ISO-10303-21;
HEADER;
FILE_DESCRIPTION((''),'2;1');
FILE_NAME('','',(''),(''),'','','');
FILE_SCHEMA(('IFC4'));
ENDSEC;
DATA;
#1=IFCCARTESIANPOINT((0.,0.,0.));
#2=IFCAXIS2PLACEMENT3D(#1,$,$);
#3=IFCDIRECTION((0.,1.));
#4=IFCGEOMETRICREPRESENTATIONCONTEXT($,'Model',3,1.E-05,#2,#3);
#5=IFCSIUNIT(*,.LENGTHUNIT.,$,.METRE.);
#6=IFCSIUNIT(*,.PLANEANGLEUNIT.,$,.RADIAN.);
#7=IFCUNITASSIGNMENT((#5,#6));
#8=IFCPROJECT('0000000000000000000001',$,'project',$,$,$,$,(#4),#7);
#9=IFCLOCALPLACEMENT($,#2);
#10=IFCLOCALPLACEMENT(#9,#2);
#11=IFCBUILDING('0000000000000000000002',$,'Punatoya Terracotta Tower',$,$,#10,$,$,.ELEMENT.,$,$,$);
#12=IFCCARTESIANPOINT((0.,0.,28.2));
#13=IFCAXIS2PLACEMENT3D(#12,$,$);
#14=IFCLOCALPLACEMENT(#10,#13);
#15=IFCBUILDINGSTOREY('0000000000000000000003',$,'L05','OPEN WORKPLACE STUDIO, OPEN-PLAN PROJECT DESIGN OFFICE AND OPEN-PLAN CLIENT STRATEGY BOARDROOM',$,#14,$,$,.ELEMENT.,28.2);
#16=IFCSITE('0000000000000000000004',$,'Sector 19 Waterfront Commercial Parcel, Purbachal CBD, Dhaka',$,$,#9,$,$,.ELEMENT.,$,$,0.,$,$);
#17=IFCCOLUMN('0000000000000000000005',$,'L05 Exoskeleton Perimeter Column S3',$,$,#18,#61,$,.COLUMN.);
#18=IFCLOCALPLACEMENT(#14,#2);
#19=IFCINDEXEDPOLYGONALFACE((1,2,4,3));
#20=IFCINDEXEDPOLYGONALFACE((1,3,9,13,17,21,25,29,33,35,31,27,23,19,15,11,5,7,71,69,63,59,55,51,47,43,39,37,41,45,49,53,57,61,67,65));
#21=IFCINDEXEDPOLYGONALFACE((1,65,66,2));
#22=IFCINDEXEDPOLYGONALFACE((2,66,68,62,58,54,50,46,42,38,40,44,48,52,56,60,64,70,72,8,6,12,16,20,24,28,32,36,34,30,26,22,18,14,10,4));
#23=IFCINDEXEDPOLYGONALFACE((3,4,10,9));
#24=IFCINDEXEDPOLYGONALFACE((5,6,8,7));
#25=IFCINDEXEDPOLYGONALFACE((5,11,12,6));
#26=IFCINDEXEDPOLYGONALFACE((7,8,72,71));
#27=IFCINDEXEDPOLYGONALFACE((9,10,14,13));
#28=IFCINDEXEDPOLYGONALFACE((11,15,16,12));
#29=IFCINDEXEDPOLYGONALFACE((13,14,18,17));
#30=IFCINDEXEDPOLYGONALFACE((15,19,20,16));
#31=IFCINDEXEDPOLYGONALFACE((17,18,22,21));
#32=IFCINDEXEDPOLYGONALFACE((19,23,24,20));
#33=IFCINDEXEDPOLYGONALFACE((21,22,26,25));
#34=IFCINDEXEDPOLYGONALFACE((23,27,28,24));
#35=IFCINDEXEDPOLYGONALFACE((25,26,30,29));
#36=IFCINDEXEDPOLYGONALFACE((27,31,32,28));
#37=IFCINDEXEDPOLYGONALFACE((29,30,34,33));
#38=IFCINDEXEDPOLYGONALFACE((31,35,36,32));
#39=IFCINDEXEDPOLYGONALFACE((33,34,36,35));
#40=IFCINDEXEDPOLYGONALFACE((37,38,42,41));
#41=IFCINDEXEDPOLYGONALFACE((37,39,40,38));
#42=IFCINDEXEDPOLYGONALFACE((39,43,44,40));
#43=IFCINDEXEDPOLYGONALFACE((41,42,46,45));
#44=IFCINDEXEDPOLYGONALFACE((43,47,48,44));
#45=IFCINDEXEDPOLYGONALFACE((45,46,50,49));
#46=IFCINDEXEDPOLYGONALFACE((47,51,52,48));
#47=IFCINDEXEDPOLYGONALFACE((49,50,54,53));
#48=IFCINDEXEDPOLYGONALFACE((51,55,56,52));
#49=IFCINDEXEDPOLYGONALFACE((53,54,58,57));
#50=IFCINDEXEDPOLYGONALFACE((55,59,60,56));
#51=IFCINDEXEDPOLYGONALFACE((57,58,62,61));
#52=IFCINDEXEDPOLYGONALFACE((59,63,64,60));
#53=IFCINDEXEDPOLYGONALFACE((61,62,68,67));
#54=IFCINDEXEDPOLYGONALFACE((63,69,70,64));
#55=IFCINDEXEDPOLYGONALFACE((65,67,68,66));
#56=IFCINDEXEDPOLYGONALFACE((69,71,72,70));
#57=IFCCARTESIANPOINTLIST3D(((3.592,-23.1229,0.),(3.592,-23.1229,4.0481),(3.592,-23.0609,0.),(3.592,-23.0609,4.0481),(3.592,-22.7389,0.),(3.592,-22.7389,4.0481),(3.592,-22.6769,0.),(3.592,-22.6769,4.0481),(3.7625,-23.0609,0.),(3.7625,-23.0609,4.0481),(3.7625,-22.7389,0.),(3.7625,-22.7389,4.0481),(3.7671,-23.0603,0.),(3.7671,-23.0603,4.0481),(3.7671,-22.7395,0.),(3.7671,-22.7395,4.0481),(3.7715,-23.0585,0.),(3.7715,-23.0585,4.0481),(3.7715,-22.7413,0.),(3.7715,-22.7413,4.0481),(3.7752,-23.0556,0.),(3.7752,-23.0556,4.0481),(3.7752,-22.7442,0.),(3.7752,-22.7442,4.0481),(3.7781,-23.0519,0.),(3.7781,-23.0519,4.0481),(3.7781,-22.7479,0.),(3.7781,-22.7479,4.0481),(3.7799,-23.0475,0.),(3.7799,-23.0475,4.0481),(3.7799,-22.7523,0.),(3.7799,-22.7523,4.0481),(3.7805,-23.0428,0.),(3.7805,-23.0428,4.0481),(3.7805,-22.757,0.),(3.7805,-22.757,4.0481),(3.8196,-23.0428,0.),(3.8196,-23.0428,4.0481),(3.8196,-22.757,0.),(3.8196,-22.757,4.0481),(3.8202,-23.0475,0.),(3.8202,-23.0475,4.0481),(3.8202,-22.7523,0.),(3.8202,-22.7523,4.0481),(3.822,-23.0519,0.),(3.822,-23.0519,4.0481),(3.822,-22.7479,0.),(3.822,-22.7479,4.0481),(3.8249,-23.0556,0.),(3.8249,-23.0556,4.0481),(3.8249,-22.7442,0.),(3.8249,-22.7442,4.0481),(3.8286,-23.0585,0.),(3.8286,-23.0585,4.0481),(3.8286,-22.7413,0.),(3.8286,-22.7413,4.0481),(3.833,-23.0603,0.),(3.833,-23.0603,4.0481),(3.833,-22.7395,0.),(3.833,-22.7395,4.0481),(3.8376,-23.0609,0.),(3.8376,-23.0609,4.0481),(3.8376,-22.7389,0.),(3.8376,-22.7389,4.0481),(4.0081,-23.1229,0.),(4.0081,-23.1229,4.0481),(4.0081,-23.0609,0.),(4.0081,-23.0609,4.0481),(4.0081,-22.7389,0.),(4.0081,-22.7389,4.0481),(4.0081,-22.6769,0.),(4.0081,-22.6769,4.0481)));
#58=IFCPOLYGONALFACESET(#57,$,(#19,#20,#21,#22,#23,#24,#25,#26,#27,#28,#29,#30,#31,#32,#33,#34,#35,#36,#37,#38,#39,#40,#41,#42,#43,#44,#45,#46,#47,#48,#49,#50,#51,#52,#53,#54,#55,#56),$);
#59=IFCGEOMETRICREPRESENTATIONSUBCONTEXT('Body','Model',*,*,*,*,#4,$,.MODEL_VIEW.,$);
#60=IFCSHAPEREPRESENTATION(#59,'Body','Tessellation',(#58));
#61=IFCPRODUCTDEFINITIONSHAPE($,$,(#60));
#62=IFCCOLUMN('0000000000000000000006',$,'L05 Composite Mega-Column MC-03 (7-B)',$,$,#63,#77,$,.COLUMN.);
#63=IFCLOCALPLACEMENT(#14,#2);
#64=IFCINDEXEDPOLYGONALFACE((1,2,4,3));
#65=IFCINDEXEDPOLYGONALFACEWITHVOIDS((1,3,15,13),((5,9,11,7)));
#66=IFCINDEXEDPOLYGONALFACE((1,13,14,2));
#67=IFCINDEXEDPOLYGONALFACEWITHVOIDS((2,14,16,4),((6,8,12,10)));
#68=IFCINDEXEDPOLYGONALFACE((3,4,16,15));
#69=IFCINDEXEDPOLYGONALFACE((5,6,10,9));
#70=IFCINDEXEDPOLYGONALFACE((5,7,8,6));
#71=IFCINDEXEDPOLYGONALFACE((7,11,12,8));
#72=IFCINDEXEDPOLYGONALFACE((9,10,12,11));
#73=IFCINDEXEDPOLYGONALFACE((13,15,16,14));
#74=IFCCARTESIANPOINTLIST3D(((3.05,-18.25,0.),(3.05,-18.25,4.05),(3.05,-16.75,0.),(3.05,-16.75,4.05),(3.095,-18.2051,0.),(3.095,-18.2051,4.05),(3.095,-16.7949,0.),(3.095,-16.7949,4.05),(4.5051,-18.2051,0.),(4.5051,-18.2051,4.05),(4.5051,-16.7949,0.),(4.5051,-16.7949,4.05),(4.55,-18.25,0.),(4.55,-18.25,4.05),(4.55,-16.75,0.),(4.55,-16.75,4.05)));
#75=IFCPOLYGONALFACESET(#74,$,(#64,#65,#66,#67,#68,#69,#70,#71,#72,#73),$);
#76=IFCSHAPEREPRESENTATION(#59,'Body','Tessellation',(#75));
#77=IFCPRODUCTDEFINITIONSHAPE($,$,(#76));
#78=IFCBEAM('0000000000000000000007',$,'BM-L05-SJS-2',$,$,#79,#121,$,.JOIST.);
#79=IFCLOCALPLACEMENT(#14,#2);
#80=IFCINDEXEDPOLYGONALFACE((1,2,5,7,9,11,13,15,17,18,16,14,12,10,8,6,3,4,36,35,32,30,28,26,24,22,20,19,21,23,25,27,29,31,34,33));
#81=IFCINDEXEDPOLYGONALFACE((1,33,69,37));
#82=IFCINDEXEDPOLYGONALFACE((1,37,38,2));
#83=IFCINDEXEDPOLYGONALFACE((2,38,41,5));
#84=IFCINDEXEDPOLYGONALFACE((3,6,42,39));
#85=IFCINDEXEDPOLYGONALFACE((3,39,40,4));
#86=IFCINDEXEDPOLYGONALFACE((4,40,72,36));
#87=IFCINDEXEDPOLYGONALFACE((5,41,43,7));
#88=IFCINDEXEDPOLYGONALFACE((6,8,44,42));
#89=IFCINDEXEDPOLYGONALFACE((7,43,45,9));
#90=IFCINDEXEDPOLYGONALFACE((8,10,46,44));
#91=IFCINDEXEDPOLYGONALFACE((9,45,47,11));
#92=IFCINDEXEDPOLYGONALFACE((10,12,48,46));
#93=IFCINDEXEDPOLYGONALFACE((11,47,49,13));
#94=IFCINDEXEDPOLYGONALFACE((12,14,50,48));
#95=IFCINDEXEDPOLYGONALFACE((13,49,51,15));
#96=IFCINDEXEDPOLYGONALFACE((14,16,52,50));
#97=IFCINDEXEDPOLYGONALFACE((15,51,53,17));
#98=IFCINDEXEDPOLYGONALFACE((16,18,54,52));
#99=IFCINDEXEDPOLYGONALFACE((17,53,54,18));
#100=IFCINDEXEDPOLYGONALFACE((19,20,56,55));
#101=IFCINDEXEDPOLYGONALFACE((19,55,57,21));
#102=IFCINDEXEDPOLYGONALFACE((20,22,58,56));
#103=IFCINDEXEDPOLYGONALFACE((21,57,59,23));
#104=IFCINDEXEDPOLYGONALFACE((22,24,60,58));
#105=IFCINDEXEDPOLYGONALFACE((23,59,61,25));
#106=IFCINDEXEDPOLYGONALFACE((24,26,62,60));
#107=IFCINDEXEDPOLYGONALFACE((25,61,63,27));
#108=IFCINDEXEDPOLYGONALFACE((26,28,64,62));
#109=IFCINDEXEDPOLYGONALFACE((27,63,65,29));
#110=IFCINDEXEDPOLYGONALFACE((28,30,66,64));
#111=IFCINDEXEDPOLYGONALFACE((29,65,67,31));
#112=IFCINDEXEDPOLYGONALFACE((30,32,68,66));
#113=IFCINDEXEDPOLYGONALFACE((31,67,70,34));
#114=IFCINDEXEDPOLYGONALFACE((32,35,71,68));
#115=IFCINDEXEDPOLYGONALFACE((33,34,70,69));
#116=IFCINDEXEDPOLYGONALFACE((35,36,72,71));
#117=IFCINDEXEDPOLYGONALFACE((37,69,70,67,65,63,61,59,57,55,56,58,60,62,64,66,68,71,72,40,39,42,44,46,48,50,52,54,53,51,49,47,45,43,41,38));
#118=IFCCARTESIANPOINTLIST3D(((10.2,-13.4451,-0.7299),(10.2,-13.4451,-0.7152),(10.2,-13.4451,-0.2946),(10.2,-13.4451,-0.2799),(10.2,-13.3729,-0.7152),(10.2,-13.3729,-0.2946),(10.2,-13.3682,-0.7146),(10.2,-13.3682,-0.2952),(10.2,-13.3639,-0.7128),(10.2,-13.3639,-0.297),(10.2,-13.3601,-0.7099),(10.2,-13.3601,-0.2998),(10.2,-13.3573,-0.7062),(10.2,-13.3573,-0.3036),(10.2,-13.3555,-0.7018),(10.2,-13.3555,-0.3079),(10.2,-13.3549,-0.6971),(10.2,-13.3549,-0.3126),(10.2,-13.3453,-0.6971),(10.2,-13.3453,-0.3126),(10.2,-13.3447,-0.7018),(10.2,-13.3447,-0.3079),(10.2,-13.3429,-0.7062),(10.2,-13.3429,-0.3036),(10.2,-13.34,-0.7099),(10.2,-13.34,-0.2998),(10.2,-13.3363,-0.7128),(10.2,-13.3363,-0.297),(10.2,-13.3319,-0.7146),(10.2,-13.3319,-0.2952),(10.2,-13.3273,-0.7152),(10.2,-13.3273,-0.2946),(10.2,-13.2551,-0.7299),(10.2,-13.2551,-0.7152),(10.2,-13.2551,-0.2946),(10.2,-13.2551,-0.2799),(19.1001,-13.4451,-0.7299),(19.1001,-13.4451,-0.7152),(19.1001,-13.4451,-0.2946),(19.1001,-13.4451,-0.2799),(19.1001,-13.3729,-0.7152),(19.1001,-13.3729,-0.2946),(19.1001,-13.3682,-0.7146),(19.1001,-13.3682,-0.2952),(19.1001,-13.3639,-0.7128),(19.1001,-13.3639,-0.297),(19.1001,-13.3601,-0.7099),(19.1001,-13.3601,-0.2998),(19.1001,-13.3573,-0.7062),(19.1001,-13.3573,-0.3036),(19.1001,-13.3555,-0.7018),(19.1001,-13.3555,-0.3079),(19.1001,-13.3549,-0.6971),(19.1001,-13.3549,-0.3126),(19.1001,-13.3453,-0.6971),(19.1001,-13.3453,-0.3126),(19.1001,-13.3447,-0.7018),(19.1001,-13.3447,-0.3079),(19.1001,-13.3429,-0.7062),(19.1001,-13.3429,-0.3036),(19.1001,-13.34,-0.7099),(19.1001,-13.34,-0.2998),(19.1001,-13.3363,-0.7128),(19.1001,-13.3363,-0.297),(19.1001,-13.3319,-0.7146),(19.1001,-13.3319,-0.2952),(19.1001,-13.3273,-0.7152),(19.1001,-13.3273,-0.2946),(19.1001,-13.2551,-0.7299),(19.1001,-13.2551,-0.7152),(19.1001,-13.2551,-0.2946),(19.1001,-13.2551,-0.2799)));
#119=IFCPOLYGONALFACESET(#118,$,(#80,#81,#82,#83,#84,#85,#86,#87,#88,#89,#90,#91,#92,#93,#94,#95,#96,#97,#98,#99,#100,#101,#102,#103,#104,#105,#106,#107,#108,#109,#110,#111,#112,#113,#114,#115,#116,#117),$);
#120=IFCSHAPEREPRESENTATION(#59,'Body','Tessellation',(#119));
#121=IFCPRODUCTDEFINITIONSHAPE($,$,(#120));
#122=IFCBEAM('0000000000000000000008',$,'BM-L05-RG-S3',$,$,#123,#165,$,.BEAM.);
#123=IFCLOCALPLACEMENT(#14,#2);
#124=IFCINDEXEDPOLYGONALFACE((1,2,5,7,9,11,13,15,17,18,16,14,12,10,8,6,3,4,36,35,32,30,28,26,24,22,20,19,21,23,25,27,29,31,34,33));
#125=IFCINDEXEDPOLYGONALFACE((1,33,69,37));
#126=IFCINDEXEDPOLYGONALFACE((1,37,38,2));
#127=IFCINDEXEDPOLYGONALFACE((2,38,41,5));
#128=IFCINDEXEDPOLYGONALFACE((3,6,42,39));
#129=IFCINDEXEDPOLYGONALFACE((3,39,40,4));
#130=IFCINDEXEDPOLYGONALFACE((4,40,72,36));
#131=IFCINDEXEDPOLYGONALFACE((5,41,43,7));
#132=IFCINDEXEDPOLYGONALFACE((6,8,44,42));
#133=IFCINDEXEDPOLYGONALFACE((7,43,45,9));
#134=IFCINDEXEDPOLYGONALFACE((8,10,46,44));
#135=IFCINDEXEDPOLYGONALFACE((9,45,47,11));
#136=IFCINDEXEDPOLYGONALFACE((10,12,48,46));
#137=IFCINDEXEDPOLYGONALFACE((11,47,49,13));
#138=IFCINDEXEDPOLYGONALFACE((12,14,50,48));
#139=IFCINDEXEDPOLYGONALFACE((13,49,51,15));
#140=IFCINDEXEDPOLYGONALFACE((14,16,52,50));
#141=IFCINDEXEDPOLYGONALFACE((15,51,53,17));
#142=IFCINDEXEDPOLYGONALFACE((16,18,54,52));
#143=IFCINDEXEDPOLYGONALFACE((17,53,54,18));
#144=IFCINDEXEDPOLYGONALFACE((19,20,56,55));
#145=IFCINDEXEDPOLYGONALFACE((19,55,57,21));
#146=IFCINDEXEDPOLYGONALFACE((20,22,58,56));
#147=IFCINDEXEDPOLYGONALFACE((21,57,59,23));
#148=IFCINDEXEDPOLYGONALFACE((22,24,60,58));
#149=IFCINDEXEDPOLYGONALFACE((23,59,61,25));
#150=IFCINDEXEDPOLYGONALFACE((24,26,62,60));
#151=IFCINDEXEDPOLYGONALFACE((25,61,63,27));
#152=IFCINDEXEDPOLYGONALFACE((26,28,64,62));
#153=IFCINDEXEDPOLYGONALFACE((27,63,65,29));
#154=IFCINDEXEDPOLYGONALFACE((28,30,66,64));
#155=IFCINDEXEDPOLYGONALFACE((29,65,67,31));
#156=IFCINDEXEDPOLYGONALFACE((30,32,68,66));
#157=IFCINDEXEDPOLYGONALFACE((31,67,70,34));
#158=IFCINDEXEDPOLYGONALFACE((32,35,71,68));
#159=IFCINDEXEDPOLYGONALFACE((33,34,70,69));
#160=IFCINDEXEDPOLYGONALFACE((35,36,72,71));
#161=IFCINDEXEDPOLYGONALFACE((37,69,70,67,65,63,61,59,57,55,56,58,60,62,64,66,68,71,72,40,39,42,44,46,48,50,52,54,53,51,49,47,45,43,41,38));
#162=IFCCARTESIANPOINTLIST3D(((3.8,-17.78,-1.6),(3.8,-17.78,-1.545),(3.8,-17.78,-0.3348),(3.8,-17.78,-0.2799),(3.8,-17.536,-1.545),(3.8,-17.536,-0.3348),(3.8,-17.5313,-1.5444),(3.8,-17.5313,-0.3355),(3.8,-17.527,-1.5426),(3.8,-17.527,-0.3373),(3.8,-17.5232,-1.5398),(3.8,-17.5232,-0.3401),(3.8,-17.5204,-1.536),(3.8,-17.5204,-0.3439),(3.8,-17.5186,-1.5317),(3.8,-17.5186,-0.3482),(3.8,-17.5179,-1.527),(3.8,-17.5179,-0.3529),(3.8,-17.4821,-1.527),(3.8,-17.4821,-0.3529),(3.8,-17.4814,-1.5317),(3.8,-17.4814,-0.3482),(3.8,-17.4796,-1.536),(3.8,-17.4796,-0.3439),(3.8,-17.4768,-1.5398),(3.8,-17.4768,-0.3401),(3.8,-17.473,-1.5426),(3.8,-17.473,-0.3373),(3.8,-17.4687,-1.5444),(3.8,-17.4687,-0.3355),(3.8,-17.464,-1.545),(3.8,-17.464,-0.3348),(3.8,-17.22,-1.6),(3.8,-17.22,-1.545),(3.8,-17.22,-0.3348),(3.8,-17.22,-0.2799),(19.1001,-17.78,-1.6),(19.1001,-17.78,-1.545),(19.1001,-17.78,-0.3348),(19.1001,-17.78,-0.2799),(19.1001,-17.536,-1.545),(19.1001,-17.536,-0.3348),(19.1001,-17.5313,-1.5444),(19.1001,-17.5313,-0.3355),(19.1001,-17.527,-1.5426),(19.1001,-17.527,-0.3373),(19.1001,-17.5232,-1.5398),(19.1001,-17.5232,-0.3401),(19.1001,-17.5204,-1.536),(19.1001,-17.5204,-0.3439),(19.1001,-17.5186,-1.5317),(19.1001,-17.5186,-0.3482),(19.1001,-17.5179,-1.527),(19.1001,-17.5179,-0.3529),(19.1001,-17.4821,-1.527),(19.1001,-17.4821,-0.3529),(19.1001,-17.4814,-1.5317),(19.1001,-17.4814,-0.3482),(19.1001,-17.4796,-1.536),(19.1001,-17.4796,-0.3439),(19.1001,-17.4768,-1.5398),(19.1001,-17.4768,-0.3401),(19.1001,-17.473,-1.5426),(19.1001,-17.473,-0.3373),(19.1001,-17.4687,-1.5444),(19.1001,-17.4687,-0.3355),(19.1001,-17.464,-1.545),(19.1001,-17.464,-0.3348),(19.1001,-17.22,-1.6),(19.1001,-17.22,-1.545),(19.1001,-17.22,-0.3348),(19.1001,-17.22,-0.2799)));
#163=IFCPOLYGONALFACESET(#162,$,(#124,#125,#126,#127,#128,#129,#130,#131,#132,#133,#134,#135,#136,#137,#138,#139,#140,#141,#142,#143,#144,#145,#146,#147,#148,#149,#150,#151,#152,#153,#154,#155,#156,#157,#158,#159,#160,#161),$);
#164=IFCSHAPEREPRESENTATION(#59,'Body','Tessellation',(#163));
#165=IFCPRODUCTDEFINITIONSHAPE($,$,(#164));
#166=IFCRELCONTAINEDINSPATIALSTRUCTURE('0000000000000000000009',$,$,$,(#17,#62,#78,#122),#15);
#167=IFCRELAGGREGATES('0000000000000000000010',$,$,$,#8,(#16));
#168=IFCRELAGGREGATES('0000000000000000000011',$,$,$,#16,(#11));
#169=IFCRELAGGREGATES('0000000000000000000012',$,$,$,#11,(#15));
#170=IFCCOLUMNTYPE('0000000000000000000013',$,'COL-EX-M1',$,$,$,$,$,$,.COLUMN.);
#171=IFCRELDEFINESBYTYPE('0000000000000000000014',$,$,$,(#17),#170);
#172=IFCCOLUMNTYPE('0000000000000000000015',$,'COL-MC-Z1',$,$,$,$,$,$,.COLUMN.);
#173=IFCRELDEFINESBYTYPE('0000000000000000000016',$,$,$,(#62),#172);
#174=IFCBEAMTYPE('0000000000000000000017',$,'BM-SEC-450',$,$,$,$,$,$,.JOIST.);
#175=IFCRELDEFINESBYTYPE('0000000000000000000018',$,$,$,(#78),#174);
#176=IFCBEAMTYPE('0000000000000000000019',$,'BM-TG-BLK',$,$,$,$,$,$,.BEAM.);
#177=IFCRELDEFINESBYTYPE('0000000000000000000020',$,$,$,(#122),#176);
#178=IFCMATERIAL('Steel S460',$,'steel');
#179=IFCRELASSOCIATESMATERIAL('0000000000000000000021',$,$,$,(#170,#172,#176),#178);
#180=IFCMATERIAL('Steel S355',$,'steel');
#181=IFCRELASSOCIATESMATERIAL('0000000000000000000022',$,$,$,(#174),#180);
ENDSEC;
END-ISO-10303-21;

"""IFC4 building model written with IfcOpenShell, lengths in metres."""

from ifc_helpers import new_model, si_unit, direction, frame, origin, origin_2d, place, context, subcontext, project, spatial, hollow_rectangle, i_section, extrude, material, material_profile, profile_set, type_object, element, save


model = new_model("IFC4")

# Units and contexts
model_context = context("Model", 3, precision=1e-05, world=origin(), true_north=direction((0.0, 1.0)))
body_context = subcontext(model_context, "Body", "Model", "MODEL_VIEW")
ifc_project = project(units=[si_unit("LENGTHUNIT", "METRE"), si_unit("PLANEANGLEUNIT", "RADIAN")], contexts=[model_context])

# Site, building, storey
site_placement = place(None, origin())
site = spatial("IfcSite", under=ifc_project, at=site_placement, Name="Sector 19 Waterfront Commercial Parcel, Purbachal CBD, Dhaka", CompositionType="ELEMENT", RefElevation=0.0)
building_placement = place(site_placement, origin())
building = spatial("IfcBuilding", under=site, at=building_placement, Name="Punatoya Terracotta Tower", CompositionType="ELEMENT")
storey_placement = place(building_placement, frame((0.0, 0.0, 28.2)))
storey = spatial("IfcBuildingStorey", under=building, at=storey_placement, Name="L05", Description="OPEN WORKPLACE STUDIO, OPEN-PLAN PROJECT DESIGN OFFICE AND OPEN-PLAN CLIENT STRATEGY BOARDROOM", CompositionType="ELEMENT", Elevation=28.2)

# Columns
ifc_material_1 = material(Name="Steel S460", Category="steel")
ifc_material_profile_1 = material_profile(ifc_material_1, i_section(OverallWidth=0.416, OverallDepth=0.446, WebThickness=0.0391, FlangeThickness=0.062, FilletRadius=0.0181, at=origin_2d()))
ifc_profile_set_1 = profile_set([ifc_material_profile_1], Name="Steel S460")
column_type_1 = type_object("IfcColumnType", Name="COL-EX-M1", PredefinedType="COLUMN", material=ifc_profile_set_1)
column_1_placement = place(storey_placement, frame((3.8, -22.8999, 0.0), z_axis=(0.0, 0.0, 1.0), x_axis=(1.0, 0.0, 0.0)))
element("IfcColumn", 1, at=column_1_placement, inside=storey, type_object=column_type_1, Name="L05 Exoskeleton Perimeter Column S3", PredefinedType="COLUMN", context=body_context, shape_type="SweptSolid", body=[
    extrude(i_section(OverallWidth=0.416, OverallDepth=0.446, WebThickness=0.0391, FlangeThickness=0.062, FilletRadius=0.0181, at=origin_2d()), origin(), (0.0, 0.0, 1.0), 4.0481),
])
ifc_material_profile_2 = material_profile(ifc_material_1, hollow_rectangle(XDim=1.5, YDim=1.5, WallThickness=0.0449, at=origin_2d()))
ifc_profile_set_2 = profile_set([ifc_material_profile_2], Name="Steel S460")
column_type_2 = type_object("IfcColumnType", Name="COL-MC-Z1", PredefinedType="COLUMN", material=ifc_profile_set_2)
column_2_placement = place(storey_placement, frame((3.8, -17.5, 0.0), z_axis=(0.0, 0.0, 1.0), x_axis=(1.0, 0.0, 0.0)))
element("IfcColumn", 2, at=column_2_placement, inside=storey, type_object=column_type_2, Name="L05 Composite Mega-Column MC-03 (7-B)", PredefinedType="COLUMN", context=body_context, shape_type="SweptSolid", body=[
    extrude(hollow_rectangle(XDim=1.5, YDim=1.5, WallThickness=0.0449, at=origin_2d()), origin(), (0.0, 0.0, 1.0), 4.05),
])

# Beams
ifc_material_2 = material(Name="Steel S355", Category="steel")
ifc_material_profile_3 = material_profile(ifc_material_2, i_section(OverallWidth=0.1899, OverallDepth=0.45, WebThickness=0.0095, FlangeThickness=0.0146, FilletRadius=0.0181, at=origin_2d()))
ifc_profile_set_3 = profile_set([ifc_material_profile_3], Name="Steel S355")
beam_type_1 = type_object("IfcBeamType", Name="BM-SEC-450", PredefinedType="JOIST", material=ifc_profile_set_3)
beam_1_placement = place(storey_placement, frame((10.2, -13.3501, -0.5049), z_axis=(1.0, 0.0, 0.0), x_axis=(0.0, 1.0, 0.0)))
element("IfcBeam", 3, at=beam_1_placement, inside=storey, type_object=beam_type_1, Name="BM-L05-SJS-2", PredefinedType="JOIST", context=body_context, shape_type="SweptSolid", body=[
    extrude(i_section(OverallWidth=0.1899, OverallDepth=0.45, WebThickness=0.0095, FlangeThickness=0.0146, FilletRadius=0.0181, at=origin_2d()), origin(), (0.0, 0.0, 1.0), 8.9001),
])
ifc_material_profile_4 = material_profile(ifc_material_1, i_section(OverallWidth=0.5601, OverallDepth=1.3201, WebThickness=0.0359, FlangeThickness=0.0549, FilletRadius=0.0181, at=origin_2d()))
ifc_profile_set_4 = profile_set([ifc_material_profile_4], Name="Steel S460")
beam_type_2 = type_object("IfcBeamType", Name="BM-TG-BLK", PredefinedType="BEAM", material=ifc_profile_set_4)
beam_2_placement = place(storey_placement, frame((3.8, -17.5, -0.9399), z_axis=(1.0, 0.0, 0.0), x_axis=(0.0, 1.0, 0.0)))
element("IfcBeam", 4, at=beam_2_placement, inside=storey, type_object=beam_type_2, Name="BM-L05-RG-S3", PredefinedType="BEAM", context=body_context, shape_type="SweptSolid", body=[
    extrude(i_section(OverallWidth=0.5601, OverallDepth=1.3201, WebThickness=0.0359, FlangeThickness=0.0549, FilletRadius=0.0181, at=origin_2d()), origin(), (0.0, 0.0, 1.0), 15.3),
])

save(model, "model.ifc")
